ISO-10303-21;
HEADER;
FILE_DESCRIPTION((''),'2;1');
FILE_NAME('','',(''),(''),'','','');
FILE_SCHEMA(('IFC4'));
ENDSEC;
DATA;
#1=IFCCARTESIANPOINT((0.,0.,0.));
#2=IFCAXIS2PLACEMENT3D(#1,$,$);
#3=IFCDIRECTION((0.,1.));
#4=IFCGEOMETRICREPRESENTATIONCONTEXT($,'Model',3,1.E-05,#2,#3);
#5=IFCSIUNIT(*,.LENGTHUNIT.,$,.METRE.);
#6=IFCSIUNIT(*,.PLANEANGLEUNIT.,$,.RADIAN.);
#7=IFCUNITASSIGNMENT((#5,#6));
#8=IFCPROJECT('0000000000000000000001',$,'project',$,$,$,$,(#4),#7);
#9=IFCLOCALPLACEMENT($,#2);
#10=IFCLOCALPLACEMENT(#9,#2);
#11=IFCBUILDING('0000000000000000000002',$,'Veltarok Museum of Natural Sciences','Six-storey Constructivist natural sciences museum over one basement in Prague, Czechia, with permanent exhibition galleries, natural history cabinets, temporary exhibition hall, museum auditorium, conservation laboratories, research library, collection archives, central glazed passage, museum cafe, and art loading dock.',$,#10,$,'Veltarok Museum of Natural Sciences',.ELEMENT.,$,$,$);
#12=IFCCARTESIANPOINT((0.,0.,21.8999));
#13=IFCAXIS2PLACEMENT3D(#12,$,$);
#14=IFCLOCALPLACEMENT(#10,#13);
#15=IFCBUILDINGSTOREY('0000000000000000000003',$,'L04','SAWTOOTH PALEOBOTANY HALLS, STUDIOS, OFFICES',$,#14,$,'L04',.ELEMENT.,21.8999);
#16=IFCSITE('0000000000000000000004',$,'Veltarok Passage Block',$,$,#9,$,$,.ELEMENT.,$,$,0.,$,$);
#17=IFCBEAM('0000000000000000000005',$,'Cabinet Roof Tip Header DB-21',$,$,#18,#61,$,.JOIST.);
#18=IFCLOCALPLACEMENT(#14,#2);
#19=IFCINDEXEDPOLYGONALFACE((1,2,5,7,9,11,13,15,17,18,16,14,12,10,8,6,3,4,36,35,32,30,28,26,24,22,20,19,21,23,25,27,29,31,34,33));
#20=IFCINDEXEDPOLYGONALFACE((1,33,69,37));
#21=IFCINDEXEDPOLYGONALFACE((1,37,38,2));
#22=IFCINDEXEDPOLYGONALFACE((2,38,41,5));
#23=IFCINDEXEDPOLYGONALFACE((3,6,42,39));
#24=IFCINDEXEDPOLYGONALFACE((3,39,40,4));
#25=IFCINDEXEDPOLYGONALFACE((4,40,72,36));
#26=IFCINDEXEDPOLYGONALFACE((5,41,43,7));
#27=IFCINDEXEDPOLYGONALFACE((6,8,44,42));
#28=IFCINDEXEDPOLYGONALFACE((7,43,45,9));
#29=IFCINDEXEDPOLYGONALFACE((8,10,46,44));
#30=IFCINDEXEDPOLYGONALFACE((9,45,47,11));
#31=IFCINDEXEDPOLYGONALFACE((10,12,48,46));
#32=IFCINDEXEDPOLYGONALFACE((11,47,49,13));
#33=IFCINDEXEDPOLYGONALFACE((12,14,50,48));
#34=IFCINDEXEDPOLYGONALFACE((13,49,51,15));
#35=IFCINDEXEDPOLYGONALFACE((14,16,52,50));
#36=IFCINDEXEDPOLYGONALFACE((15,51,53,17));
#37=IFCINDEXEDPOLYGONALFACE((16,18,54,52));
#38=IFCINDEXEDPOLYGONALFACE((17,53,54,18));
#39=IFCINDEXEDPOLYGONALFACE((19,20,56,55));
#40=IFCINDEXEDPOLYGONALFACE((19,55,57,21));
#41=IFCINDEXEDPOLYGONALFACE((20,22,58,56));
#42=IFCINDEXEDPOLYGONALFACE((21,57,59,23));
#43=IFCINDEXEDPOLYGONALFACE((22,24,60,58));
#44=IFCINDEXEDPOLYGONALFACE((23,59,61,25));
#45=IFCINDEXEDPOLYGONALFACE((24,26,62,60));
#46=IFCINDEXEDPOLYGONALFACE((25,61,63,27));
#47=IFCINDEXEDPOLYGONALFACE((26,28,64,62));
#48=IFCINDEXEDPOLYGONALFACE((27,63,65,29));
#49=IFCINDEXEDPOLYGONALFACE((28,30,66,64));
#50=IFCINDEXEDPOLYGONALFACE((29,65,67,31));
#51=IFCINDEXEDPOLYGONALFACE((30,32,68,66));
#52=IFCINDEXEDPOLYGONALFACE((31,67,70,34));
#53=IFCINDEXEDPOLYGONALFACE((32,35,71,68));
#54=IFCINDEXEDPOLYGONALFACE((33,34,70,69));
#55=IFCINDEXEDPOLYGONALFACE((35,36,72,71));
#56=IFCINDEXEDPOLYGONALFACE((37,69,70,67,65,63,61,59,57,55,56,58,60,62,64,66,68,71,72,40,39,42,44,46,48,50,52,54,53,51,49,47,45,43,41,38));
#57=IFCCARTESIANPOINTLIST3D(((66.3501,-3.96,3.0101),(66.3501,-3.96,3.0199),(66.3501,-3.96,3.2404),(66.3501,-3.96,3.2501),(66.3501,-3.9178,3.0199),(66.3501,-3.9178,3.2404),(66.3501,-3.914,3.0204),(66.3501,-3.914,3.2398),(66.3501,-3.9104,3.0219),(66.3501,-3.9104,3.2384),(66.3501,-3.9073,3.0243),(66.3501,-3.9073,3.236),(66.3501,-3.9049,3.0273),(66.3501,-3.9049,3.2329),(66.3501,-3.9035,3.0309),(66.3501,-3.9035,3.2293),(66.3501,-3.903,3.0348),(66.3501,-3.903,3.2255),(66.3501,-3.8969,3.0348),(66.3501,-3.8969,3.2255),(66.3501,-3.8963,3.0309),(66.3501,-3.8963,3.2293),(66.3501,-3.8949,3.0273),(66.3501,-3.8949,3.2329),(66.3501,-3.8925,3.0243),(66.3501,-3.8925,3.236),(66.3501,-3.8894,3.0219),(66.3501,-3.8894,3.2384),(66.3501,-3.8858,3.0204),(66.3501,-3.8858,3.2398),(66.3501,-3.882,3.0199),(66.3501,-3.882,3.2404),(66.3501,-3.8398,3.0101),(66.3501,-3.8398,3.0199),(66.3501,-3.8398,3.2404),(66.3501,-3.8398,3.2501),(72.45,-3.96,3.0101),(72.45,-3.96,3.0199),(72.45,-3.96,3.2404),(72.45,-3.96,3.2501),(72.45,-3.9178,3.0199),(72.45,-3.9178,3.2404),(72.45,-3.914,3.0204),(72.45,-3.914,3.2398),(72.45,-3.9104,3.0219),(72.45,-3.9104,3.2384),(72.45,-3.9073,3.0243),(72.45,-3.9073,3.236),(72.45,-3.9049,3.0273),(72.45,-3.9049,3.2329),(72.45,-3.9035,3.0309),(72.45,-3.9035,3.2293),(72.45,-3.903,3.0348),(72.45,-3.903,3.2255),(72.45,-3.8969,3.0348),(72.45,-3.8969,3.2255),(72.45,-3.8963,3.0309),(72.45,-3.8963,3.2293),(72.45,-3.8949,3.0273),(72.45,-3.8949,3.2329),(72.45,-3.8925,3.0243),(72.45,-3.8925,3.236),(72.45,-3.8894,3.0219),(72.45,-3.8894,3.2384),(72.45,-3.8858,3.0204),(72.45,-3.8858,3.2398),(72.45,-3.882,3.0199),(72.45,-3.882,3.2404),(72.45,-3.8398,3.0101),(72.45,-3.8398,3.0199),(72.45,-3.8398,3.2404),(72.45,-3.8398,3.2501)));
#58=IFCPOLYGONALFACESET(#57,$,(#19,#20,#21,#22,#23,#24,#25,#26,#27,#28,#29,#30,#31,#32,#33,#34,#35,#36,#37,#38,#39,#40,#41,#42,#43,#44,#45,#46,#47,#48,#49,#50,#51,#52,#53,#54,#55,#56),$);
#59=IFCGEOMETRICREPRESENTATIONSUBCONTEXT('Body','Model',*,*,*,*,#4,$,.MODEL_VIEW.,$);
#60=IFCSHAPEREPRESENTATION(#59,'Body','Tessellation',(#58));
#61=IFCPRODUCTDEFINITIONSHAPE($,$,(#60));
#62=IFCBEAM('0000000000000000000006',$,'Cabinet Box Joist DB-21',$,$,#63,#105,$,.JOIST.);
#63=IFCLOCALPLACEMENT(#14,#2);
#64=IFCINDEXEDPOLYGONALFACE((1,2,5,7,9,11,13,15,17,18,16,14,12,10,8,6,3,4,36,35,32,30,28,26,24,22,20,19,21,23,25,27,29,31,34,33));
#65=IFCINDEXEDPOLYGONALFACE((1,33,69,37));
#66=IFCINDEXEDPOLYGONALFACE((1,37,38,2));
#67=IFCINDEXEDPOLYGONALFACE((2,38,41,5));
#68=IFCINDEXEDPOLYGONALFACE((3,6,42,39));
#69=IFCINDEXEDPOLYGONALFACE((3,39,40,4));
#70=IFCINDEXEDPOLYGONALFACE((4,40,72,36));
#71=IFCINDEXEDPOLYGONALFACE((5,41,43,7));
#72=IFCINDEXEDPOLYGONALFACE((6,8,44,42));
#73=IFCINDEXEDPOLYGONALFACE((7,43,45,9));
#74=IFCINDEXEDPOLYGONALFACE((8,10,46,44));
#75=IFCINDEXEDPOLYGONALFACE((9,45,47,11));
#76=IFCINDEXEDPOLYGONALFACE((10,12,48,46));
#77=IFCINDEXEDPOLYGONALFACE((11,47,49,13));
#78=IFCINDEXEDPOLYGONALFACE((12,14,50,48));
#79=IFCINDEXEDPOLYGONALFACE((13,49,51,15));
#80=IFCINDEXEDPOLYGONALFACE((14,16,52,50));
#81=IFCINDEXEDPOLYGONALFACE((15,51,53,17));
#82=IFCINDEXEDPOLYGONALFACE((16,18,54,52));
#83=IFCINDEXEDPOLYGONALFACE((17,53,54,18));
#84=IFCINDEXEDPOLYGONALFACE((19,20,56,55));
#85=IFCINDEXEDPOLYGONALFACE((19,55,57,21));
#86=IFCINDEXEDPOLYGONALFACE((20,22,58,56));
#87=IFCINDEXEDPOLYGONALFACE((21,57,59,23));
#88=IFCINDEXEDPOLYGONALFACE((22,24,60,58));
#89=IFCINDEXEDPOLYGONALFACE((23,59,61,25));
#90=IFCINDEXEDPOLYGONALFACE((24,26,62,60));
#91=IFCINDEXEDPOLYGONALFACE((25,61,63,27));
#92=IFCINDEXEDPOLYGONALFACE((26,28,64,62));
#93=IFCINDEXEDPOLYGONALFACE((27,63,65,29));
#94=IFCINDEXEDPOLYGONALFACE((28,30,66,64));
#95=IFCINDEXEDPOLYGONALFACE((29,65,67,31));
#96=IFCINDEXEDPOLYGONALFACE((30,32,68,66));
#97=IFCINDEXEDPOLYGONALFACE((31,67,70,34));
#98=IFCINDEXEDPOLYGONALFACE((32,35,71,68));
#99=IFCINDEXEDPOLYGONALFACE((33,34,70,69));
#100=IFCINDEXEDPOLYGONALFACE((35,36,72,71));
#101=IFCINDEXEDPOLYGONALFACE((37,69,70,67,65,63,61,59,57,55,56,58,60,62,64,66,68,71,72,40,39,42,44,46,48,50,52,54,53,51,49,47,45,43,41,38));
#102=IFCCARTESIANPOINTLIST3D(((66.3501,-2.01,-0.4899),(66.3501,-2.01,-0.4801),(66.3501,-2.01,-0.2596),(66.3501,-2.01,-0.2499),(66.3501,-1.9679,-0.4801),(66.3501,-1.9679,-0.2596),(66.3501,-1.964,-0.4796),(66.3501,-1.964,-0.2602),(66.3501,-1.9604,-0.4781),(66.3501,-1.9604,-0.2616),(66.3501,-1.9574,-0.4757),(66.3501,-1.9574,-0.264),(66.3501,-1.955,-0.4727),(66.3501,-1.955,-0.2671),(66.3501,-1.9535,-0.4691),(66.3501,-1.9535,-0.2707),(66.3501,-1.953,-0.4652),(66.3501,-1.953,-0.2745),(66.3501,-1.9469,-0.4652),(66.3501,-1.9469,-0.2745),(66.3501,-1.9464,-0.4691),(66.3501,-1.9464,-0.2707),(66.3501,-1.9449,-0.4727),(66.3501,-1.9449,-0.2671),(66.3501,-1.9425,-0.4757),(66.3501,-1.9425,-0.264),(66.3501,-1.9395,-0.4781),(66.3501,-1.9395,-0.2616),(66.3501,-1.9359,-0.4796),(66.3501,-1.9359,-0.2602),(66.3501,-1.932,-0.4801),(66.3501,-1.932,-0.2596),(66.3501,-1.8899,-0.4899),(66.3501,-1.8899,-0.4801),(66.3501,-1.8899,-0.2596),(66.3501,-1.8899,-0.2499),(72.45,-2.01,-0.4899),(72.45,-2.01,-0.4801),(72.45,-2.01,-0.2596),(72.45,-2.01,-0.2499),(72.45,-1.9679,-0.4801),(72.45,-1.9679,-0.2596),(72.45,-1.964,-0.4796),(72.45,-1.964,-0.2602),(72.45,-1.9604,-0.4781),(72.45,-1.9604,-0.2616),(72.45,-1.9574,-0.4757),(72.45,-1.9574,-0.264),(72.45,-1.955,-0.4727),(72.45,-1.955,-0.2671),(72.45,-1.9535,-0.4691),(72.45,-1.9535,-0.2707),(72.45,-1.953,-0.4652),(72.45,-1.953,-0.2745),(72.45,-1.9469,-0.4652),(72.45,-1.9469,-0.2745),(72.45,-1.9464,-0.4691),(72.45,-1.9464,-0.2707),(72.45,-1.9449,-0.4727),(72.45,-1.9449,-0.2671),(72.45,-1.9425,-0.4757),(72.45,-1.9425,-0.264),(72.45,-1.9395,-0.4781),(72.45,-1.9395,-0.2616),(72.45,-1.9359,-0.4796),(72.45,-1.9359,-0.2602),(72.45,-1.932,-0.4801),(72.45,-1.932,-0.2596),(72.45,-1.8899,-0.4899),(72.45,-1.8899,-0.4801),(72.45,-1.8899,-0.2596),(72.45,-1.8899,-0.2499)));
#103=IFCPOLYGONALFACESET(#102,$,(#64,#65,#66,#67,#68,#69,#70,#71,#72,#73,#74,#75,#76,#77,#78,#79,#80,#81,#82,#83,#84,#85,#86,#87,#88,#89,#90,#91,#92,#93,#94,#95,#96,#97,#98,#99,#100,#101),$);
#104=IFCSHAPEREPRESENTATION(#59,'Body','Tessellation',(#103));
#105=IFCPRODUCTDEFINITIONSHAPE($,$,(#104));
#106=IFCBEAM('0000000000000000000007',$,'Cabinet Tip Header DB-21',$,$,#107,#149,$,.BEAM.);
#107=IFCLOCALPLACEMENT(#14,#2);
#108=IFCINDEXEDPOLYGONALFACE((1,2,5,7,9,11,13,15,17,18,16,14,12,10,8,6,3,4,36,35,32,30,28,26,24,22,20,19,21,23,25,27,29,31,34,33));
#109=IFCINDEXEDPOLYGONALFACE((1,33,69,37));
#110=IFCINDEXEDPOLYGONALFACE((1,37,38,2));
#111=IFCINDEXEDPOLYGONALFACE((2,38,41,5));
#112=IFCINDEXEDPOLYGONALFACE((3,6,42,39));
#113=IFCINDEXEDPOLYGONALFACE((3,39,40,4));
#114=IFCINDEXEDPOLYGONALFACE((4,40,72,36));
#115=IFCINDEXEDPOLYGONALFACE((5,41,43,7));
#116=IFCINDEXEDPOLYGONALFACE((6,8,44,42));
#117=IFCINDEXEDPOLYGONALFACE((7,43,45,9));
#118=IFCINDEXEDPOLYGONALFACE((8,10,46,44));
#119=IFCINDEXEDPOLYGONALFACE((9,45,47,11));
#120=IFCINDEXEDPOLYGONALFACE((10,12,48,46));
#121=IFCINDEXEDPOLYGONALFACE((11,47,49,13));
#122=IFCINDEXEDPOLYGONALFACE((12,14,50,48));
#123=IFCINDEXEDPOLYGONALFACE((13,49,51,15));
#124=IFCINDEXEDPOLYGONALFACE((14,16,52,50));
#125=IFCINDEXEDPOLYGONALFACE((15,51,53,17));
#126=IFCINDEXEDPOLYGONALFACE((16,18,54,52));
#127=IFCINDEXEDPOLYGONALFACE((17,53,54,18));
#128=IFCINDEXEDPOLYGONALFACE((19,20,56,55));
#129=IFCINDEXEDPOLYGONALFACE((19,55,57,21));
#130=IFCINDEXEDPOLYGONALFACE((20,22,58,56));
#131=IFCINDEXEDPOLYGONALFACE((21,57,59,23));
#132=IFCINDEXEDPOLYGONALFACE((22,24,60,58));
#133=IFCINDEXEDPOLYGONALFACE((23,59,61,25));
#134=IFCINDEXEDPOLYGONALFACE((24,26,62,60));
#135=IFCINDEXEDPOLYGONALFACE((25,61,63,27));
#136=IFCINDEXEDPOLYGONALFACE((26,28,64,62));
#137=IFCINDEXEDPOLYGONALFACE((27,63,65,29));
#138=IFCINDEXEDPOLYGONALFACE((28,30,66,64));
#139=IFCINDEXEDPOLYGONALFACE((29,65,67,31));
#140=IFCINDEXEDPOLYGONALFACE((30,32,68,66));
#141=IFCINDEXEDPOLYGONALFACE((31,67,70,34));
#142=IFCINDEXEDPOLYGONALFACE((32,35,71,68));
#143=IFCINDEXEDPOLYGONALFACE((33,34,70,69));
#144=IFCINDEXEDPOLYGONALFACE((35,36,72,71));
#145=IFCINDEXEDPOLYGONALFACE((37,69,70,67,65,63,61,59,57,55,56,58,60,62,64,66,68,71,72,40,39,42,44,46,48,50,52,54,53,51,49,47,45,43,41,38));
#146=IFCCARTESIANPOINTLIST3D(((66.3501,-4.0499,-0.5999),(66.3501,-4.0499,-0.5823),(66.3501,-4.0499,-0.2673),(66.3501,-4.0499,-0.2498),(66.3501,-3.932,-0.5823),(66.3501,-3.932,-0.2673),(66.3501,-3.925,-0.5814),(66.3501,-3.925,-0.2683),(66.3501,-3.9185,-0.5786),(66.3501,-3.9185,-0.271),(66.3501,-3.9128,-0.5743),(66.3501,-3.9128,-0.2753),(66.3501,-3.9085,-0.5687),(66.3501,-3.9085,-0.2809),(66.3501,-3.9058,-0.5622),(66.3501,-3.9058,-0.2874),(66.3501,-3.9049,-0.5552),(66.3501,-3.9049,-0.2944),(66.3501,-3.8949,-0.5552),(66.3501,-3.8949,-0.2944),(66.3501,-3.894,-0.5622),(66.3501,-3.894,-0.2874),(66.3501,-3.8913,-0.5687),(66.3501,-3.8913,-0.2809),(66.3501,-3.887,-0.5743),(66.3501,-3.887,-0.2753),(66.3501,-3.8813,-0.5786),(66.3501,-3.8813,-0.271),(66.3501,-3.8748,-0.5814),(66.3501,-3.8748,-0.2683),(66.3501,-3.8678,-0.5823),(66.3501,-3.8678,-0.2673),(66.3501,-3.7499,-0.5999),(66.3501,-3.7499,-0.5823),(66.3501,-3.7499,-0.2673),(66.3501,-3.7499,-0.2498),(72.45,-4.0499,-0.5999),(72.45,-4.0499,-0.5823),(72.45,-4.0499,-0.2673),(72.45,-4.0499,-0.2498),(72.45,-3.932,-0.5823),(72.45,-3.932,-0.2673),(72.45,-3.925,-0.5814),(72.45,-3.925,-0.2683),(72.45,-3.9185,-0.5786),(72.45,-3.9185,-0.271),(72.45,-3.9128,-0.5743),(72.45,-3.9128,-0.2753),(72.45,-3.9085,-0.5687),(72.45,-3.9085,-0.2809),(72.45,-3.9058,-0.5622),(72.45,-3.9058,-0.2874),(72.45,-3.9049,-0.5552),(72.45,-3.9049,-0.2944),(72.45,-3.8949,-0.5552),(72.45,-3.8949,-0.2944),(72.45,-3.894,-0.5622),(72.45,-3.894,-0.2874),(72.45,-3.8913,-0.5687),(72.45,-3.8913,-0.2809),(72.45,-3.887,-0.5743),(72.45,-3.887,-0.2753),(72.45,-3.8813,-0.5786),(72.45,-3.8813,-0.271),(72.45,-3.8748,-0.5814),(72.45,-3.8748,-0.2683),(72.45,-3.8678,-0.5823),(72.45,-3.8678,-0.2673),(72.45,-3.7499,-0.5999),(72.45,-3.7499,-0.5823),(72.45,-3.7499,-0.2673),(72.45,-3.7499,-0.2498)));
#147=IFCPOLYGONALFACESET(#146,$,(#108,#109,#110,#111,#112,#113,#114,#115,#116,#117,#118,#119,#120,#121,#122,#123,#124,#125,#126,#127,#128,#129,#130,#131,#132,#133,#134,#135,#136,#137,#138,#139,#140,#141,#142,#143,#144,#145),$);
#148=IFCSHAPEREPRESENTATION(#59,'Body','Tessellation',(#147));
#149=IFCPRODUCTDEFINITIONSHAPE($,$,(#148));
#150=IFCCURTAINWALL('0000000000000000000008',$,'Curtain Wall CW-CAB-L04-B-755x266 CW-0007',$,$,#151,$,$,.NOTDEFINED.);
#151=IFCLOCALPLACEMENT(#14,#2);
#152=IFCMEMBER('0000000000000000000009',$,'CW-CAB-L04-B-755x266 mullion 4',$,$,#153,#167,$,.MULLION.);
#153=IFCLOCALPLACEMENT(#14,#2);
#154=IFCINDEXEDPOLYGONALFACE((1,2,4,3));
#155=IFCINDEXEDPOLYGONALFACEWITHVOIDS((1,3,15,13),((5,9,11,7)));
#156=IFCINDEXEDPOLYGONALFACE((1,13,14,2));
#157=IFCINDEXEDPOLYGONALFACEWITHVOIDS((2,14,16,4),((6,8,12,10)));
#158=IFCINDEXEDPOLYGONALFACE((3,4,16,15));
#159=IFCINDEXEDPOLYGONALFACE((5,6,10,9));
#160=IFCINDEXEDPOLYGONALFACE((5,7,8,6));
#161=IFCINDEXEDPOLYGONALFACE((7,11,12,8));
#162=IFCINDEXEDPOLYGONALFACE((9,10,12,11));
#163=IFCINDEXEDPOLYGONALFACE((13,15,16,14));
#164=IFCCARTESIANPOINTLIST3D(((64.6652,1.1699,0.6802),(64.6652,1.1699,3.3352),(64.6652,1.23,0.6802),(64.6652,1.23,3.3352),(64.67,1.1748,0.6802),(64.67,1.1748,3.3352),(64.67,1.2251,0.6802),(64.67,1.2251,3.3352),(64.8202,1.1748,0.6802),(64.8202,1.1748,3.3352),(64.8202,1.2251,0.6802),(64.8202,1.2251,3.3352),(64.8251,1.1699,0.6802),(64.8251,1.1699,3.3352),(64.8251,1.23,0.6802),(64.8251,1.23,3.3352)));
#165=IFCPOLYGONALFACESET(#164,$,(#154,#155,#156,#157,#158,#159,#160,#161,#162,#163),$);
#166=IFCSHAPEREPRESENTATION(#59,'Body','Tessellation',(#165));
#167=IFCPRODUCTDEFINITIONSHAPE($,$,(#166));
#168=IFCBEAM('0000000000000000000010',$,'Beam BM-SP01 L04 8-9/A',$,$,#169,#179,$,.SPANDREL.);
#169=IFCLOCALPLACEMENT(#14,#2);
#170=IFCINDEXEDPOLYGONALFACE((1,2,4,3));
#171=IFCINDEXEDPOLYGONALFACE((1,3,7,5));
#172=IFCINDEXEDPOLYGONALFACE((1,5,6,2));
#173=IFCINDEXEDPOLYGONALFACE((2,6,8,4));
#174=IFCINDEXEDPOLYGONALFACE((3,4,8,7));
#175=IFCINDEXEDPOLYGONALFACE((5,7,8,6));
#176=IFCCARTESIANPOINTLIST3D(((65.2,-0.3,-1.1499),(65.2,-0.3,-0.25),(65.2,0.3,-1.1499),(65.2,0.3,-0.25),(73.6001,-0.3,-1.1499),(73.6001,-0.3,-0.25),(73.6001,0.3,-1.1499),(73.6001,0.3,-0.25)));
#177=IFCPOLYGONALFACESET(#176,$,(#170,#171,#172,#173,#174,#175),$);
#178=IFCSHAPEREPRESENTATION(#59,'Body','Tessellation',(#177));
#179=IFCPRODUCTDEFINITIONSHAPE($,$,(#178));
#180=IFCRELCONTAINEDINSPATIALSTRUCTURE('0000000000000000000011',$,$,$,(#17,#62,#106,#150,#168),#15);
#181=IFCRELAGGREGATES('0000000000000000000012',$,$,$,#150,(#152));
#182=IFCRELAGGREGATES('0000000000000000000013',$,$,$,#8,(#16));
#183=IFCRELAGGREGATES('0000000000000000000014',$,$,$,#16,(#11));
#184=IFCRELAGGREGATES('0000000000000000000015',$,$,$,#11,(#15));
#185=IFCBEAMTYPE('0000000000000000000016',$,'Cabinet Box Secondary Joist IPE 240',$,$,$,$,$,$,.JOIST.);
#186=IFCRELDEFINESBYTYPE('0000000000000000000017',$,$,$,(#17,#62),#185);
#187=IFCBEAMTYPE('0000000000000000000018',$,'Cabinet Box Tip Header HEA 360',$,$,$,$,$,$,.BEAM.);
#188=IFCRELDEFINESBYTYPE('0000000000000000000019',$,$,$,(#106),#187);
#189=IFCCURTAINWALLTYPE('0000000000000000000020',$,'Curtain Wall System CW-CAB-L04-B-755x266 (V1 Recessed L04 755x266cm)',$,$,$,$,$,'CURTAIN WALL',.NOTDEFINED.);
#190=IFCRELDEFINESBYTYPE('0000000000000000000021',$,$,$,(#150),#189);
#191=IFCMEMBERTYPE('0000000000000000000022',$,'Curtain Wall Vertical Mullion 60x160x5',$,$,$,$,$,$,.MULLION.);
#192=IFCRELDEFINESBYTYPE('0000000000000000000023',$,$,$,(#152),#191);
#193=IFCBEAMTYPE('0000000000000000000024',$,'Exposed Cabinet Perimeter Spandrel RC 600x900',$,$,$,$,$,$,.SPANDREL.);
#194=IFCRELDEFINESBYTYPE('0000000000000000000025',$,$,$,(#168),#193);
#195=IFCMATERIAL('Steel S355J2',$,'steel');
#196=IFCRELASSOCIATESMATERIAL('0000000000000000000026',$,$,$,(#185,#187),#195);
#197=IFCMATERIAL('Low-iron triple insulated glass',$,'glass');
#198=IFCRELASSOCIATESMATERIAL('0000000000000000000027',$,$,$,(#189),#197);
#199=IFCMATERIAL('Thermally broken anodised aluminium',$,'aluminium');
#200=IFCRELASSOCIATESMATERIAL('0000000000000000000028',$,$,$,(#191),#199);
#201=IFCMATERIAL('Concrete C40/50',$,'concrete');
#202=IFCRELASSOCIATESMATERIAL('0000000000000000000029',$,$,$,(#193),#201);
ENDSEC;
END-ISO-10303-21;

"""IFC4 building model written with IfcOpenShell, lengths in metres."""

from ifc_helpers import new_model, si_unit, direction, frame, origin, origin_2d, place, context, subcontext, project, spatial, rectangle, hollow_rectangle, i_section, extrude, material, material_profile, profile_set, type_object, element, aggregate, save


model = new_model("IFC4")

# Units and contexts
model_context = context("Model", 3, precision=1e-05, world=origin(), true_north=direction((0.0, 1.0)))
body_context = subcontext(model_context, "Body", "Model", "MODEL_VIEW")
ifc_project = project(units=[si_unit("LENGTHUNIT", "METRE"), si_unit("PLANEANGLEUNIT", "RADIAN")], contexts=[model_context])

# Site, building, storey
site_placement = place(None, origin())
site = spatial("IfcSite", under=ifc_project, at=site_placement, Name="Veltarok Passage Block", CompositionType="ELEMENT", RefElevation=0.0)
building_placement = place(site_placement, origin())
building = spatial("IfcBuilding", under=site, at=building_placement, Name="Veltarok Museum of Natural Sciences", Description="Six-storey Constructivist natural sciences museum over one basement in Prague, Czechia, with permanent exhibition galleries, natural history cabinets, temporary exhibition hall, museum auditorium, conservation laboratories, research library, collection archives, central glazed passage, museum cafe, and art loading dock.", LongName="Veltarok Museum of Natural Sciences", CompositionType="ELEMENT")
storey_placement = place(building_placement, frame((0.0, 0.0, 21.8999)))
storey = spatial("IfcBuildingStorey", under=building, at=storey_placement, Name="L04", Description="SAWTOOTH PALEOBOTANY HALLS, STUDIOS, OFFICES", LongName="L04", CompositionType="ELEMENT", Elevation=21.8999)

# Shared definitions
ifc_material_1 = material(Name="Concrete C40/50", Category="concrete")
ifc_material_2 = material(Name="Steel S355J2", Category="steel")

# Beams
ifc_material_profile_1 = material_profile(ifc_material_2, i_section(OverallWidth=0.1201, OverallDepth=0.24, WebThickness=0.0061, FlangeThickness=0.0098, FilletRadius=0.0149, at=origin_2d()), Name="IPE 240")
ifc_profile_set_1 = profile_set([ifc_material_profile_1], Name="Steel S355J2")
beam_type_1 = type_object("IfcBeamType", Name="Cabinet Box Secondary Joist IPE 240", PredefinedType="JOIST", material=ifc_profile_set_1)
for number, where, z_axis, x_axis, name in (
    (1, (66.3501, -3.8999, 3.1301), (1.0, 0.0, 0.0), (0.0, 1.0, 0.0), "Cabinet Roof Tip Header DB-21"),
    (2, (66.3501, -1.95, -0.3699), (1.0, 0.0, 0.0), (0.0, 1.0, 0.0), "Cabinet Box Joist DB-21"),
):
    element("IfcBeam", number, at=place(storey_placement, frame(where, z_axis=z_axis, x_axis=x_axis)), inside=storey, type_object=beam_type_1, Name=name, PredefinedType="JOIST", context=body_context, shape_type="SweptSolid", body=[
        extrude(i_section(OverallWidth=0.1201, OverallDepth=0.24, WebThickness=0.0061, FlangeThickness=0.0098, FilletRadius=0.0149, at=origin_2d()), origin(), (0.0, 0.0, 1.0), 6.0999),
    ])
ifc_material_profile_2 = material_profile(ifc_material_2, i_section(OverallWidth=0.3, OverallDepth=0.3501, WebThickness=0.01, FlangeThickness=0.0176, FilletRadius=0.0271, at=origin_2d()), Name="HEA 360")
ifc_profile_set_2 = profile_set([ifc_material_profile_2], Name="Steel S355J2")
beam_type_2 = type_object("IfcBeamType", Name="Cabinet Box Tip Header HEA 360", PredefinedType="BEAM", material=ifc_profile_set_2)
beam_1_placement = place(storey_placement, frame((66.3501, -3.8999, -0.4248), z_axis=(1.0, 0.0, 0.0), x_axis=(0.0, 1.0, 0.0)))
element("IfcBeam", 3, at=beam_1_placement, inside=storey, type_object=beam_type_2, Name="Cabinet Tip Header DB-21", PredefinedType="BEAM", context=body_context, shape_type="SweptSolid", body=[
    extrude(i_section(OverallWidth=0.3, OverallDepth=0.3501, WebThickness=0.01, FlangeThickness=0.0176, FilletRadius=0.0271, at=origin_2d()), origin(), (0.0, 0.0, 1.0), 6.0999),
])

# Curtain wall, member
ifc_material_3 = material(Name="Low-iron triple insulated glass", Category="glass")
curtain_wall_type = type_object("IfcCurtainWallType", Name="Curtain Wall System CW-CAB-L04-B-755x266 (V1 Recessed L04 755x266cm)", ElementType="CURTAIN WALL", PredefinedType="NOTDEFINED", material=ifc_material_3)
curtain_wall_placement = place(storey_placement, origin())
curtain_wall = element("IfcCurtainWall", 4, at=curtain_wall_placement, inside=storey, type_object=curtain_wall_type, Name="Curtain Wall CW-CAB-L04-B-755x266 CW-0007", PredefinedType="NOTDEFINED")
ifc_material_4 = material(Name="Thermally broken anodised aluminium", Category="aluminium")
ifc_material_profile_3 = material_profile(ifc_material_4, hollow_rectangle(XDim=0.0601, YDim=0.1599, WallThickness=0.0049, at=origin_2d()), Name="CW MULLION 60x160x5")
ifc_profile_set_3 = profile_set([ifc_material_profile_3], Name="Thermally broken anodised aluminium")
member_type = type_object("IfcMemberType", Name="Curtain Wall Vertical Mullion 60x160x5", PredefinedType="MULLION", material=ifc_profile_set_3)
member_placement = place(storey_placement, frame((64.7451, 1.2, 0.6802), z_axis=(0.0, 0.0, 1.0), x_axis=(0.0, 1.0, 0.0)))
member = element("IfcMember", 5, at=member_placement, type_object=member_type, Name="CW-CAB-L04-B-755x266 mullion 4", PredefinedType="MULLION", context=body_context, shape_type="SweptSolid", body=[
    extrude(hollow_rectangle(XDim=0.0601, YDim=0.1599, WallThickness=0.0049, at=origin_2d()), origin(), (0.0, 0.0, 1.0), 2.655),
])

# Beam
ifc_material_profile_4 = material_profile(ifc_material_1, rectangle(XDim=0.6001, YDim=0.8999, at=origin_2d()), Name="RC 600x900")
ifc_profile_set_4 = profile_set([ifc_material_profile_4], Name="Concrete C40/50")
beam_type_3 = type_object("IfcBeamType", Name="Exposed Cabinet Perimeter Spandrel RC 600x900", PredefinedType="SPANDREL", material=ifc_profile_set_4)
beam_2_placement = place(storey_placement, frame((65.2, 0.0, -0.7), z_axis=(1.0, 0.0, 0.0), x_axis=(0.0, 1.0, 0.0)))
element("IfcBeam", 6, at=beam_2_placement, inside=storey, type_object=beam_type_3, Name="Beam BM-SP01 L04 8-9/A", PredefinedType="SPANDREL", context=body_context, shape_type="SweptSolid", body=[
    extrude(rectangle(XDim=0.6001, YDim=0.8999, at=origin_2d()), origin(), (0.0, 0.0, 1.0), 8.4001),
])

aggregate(curtain_wall, [member])

save(model, "model.ifc")
